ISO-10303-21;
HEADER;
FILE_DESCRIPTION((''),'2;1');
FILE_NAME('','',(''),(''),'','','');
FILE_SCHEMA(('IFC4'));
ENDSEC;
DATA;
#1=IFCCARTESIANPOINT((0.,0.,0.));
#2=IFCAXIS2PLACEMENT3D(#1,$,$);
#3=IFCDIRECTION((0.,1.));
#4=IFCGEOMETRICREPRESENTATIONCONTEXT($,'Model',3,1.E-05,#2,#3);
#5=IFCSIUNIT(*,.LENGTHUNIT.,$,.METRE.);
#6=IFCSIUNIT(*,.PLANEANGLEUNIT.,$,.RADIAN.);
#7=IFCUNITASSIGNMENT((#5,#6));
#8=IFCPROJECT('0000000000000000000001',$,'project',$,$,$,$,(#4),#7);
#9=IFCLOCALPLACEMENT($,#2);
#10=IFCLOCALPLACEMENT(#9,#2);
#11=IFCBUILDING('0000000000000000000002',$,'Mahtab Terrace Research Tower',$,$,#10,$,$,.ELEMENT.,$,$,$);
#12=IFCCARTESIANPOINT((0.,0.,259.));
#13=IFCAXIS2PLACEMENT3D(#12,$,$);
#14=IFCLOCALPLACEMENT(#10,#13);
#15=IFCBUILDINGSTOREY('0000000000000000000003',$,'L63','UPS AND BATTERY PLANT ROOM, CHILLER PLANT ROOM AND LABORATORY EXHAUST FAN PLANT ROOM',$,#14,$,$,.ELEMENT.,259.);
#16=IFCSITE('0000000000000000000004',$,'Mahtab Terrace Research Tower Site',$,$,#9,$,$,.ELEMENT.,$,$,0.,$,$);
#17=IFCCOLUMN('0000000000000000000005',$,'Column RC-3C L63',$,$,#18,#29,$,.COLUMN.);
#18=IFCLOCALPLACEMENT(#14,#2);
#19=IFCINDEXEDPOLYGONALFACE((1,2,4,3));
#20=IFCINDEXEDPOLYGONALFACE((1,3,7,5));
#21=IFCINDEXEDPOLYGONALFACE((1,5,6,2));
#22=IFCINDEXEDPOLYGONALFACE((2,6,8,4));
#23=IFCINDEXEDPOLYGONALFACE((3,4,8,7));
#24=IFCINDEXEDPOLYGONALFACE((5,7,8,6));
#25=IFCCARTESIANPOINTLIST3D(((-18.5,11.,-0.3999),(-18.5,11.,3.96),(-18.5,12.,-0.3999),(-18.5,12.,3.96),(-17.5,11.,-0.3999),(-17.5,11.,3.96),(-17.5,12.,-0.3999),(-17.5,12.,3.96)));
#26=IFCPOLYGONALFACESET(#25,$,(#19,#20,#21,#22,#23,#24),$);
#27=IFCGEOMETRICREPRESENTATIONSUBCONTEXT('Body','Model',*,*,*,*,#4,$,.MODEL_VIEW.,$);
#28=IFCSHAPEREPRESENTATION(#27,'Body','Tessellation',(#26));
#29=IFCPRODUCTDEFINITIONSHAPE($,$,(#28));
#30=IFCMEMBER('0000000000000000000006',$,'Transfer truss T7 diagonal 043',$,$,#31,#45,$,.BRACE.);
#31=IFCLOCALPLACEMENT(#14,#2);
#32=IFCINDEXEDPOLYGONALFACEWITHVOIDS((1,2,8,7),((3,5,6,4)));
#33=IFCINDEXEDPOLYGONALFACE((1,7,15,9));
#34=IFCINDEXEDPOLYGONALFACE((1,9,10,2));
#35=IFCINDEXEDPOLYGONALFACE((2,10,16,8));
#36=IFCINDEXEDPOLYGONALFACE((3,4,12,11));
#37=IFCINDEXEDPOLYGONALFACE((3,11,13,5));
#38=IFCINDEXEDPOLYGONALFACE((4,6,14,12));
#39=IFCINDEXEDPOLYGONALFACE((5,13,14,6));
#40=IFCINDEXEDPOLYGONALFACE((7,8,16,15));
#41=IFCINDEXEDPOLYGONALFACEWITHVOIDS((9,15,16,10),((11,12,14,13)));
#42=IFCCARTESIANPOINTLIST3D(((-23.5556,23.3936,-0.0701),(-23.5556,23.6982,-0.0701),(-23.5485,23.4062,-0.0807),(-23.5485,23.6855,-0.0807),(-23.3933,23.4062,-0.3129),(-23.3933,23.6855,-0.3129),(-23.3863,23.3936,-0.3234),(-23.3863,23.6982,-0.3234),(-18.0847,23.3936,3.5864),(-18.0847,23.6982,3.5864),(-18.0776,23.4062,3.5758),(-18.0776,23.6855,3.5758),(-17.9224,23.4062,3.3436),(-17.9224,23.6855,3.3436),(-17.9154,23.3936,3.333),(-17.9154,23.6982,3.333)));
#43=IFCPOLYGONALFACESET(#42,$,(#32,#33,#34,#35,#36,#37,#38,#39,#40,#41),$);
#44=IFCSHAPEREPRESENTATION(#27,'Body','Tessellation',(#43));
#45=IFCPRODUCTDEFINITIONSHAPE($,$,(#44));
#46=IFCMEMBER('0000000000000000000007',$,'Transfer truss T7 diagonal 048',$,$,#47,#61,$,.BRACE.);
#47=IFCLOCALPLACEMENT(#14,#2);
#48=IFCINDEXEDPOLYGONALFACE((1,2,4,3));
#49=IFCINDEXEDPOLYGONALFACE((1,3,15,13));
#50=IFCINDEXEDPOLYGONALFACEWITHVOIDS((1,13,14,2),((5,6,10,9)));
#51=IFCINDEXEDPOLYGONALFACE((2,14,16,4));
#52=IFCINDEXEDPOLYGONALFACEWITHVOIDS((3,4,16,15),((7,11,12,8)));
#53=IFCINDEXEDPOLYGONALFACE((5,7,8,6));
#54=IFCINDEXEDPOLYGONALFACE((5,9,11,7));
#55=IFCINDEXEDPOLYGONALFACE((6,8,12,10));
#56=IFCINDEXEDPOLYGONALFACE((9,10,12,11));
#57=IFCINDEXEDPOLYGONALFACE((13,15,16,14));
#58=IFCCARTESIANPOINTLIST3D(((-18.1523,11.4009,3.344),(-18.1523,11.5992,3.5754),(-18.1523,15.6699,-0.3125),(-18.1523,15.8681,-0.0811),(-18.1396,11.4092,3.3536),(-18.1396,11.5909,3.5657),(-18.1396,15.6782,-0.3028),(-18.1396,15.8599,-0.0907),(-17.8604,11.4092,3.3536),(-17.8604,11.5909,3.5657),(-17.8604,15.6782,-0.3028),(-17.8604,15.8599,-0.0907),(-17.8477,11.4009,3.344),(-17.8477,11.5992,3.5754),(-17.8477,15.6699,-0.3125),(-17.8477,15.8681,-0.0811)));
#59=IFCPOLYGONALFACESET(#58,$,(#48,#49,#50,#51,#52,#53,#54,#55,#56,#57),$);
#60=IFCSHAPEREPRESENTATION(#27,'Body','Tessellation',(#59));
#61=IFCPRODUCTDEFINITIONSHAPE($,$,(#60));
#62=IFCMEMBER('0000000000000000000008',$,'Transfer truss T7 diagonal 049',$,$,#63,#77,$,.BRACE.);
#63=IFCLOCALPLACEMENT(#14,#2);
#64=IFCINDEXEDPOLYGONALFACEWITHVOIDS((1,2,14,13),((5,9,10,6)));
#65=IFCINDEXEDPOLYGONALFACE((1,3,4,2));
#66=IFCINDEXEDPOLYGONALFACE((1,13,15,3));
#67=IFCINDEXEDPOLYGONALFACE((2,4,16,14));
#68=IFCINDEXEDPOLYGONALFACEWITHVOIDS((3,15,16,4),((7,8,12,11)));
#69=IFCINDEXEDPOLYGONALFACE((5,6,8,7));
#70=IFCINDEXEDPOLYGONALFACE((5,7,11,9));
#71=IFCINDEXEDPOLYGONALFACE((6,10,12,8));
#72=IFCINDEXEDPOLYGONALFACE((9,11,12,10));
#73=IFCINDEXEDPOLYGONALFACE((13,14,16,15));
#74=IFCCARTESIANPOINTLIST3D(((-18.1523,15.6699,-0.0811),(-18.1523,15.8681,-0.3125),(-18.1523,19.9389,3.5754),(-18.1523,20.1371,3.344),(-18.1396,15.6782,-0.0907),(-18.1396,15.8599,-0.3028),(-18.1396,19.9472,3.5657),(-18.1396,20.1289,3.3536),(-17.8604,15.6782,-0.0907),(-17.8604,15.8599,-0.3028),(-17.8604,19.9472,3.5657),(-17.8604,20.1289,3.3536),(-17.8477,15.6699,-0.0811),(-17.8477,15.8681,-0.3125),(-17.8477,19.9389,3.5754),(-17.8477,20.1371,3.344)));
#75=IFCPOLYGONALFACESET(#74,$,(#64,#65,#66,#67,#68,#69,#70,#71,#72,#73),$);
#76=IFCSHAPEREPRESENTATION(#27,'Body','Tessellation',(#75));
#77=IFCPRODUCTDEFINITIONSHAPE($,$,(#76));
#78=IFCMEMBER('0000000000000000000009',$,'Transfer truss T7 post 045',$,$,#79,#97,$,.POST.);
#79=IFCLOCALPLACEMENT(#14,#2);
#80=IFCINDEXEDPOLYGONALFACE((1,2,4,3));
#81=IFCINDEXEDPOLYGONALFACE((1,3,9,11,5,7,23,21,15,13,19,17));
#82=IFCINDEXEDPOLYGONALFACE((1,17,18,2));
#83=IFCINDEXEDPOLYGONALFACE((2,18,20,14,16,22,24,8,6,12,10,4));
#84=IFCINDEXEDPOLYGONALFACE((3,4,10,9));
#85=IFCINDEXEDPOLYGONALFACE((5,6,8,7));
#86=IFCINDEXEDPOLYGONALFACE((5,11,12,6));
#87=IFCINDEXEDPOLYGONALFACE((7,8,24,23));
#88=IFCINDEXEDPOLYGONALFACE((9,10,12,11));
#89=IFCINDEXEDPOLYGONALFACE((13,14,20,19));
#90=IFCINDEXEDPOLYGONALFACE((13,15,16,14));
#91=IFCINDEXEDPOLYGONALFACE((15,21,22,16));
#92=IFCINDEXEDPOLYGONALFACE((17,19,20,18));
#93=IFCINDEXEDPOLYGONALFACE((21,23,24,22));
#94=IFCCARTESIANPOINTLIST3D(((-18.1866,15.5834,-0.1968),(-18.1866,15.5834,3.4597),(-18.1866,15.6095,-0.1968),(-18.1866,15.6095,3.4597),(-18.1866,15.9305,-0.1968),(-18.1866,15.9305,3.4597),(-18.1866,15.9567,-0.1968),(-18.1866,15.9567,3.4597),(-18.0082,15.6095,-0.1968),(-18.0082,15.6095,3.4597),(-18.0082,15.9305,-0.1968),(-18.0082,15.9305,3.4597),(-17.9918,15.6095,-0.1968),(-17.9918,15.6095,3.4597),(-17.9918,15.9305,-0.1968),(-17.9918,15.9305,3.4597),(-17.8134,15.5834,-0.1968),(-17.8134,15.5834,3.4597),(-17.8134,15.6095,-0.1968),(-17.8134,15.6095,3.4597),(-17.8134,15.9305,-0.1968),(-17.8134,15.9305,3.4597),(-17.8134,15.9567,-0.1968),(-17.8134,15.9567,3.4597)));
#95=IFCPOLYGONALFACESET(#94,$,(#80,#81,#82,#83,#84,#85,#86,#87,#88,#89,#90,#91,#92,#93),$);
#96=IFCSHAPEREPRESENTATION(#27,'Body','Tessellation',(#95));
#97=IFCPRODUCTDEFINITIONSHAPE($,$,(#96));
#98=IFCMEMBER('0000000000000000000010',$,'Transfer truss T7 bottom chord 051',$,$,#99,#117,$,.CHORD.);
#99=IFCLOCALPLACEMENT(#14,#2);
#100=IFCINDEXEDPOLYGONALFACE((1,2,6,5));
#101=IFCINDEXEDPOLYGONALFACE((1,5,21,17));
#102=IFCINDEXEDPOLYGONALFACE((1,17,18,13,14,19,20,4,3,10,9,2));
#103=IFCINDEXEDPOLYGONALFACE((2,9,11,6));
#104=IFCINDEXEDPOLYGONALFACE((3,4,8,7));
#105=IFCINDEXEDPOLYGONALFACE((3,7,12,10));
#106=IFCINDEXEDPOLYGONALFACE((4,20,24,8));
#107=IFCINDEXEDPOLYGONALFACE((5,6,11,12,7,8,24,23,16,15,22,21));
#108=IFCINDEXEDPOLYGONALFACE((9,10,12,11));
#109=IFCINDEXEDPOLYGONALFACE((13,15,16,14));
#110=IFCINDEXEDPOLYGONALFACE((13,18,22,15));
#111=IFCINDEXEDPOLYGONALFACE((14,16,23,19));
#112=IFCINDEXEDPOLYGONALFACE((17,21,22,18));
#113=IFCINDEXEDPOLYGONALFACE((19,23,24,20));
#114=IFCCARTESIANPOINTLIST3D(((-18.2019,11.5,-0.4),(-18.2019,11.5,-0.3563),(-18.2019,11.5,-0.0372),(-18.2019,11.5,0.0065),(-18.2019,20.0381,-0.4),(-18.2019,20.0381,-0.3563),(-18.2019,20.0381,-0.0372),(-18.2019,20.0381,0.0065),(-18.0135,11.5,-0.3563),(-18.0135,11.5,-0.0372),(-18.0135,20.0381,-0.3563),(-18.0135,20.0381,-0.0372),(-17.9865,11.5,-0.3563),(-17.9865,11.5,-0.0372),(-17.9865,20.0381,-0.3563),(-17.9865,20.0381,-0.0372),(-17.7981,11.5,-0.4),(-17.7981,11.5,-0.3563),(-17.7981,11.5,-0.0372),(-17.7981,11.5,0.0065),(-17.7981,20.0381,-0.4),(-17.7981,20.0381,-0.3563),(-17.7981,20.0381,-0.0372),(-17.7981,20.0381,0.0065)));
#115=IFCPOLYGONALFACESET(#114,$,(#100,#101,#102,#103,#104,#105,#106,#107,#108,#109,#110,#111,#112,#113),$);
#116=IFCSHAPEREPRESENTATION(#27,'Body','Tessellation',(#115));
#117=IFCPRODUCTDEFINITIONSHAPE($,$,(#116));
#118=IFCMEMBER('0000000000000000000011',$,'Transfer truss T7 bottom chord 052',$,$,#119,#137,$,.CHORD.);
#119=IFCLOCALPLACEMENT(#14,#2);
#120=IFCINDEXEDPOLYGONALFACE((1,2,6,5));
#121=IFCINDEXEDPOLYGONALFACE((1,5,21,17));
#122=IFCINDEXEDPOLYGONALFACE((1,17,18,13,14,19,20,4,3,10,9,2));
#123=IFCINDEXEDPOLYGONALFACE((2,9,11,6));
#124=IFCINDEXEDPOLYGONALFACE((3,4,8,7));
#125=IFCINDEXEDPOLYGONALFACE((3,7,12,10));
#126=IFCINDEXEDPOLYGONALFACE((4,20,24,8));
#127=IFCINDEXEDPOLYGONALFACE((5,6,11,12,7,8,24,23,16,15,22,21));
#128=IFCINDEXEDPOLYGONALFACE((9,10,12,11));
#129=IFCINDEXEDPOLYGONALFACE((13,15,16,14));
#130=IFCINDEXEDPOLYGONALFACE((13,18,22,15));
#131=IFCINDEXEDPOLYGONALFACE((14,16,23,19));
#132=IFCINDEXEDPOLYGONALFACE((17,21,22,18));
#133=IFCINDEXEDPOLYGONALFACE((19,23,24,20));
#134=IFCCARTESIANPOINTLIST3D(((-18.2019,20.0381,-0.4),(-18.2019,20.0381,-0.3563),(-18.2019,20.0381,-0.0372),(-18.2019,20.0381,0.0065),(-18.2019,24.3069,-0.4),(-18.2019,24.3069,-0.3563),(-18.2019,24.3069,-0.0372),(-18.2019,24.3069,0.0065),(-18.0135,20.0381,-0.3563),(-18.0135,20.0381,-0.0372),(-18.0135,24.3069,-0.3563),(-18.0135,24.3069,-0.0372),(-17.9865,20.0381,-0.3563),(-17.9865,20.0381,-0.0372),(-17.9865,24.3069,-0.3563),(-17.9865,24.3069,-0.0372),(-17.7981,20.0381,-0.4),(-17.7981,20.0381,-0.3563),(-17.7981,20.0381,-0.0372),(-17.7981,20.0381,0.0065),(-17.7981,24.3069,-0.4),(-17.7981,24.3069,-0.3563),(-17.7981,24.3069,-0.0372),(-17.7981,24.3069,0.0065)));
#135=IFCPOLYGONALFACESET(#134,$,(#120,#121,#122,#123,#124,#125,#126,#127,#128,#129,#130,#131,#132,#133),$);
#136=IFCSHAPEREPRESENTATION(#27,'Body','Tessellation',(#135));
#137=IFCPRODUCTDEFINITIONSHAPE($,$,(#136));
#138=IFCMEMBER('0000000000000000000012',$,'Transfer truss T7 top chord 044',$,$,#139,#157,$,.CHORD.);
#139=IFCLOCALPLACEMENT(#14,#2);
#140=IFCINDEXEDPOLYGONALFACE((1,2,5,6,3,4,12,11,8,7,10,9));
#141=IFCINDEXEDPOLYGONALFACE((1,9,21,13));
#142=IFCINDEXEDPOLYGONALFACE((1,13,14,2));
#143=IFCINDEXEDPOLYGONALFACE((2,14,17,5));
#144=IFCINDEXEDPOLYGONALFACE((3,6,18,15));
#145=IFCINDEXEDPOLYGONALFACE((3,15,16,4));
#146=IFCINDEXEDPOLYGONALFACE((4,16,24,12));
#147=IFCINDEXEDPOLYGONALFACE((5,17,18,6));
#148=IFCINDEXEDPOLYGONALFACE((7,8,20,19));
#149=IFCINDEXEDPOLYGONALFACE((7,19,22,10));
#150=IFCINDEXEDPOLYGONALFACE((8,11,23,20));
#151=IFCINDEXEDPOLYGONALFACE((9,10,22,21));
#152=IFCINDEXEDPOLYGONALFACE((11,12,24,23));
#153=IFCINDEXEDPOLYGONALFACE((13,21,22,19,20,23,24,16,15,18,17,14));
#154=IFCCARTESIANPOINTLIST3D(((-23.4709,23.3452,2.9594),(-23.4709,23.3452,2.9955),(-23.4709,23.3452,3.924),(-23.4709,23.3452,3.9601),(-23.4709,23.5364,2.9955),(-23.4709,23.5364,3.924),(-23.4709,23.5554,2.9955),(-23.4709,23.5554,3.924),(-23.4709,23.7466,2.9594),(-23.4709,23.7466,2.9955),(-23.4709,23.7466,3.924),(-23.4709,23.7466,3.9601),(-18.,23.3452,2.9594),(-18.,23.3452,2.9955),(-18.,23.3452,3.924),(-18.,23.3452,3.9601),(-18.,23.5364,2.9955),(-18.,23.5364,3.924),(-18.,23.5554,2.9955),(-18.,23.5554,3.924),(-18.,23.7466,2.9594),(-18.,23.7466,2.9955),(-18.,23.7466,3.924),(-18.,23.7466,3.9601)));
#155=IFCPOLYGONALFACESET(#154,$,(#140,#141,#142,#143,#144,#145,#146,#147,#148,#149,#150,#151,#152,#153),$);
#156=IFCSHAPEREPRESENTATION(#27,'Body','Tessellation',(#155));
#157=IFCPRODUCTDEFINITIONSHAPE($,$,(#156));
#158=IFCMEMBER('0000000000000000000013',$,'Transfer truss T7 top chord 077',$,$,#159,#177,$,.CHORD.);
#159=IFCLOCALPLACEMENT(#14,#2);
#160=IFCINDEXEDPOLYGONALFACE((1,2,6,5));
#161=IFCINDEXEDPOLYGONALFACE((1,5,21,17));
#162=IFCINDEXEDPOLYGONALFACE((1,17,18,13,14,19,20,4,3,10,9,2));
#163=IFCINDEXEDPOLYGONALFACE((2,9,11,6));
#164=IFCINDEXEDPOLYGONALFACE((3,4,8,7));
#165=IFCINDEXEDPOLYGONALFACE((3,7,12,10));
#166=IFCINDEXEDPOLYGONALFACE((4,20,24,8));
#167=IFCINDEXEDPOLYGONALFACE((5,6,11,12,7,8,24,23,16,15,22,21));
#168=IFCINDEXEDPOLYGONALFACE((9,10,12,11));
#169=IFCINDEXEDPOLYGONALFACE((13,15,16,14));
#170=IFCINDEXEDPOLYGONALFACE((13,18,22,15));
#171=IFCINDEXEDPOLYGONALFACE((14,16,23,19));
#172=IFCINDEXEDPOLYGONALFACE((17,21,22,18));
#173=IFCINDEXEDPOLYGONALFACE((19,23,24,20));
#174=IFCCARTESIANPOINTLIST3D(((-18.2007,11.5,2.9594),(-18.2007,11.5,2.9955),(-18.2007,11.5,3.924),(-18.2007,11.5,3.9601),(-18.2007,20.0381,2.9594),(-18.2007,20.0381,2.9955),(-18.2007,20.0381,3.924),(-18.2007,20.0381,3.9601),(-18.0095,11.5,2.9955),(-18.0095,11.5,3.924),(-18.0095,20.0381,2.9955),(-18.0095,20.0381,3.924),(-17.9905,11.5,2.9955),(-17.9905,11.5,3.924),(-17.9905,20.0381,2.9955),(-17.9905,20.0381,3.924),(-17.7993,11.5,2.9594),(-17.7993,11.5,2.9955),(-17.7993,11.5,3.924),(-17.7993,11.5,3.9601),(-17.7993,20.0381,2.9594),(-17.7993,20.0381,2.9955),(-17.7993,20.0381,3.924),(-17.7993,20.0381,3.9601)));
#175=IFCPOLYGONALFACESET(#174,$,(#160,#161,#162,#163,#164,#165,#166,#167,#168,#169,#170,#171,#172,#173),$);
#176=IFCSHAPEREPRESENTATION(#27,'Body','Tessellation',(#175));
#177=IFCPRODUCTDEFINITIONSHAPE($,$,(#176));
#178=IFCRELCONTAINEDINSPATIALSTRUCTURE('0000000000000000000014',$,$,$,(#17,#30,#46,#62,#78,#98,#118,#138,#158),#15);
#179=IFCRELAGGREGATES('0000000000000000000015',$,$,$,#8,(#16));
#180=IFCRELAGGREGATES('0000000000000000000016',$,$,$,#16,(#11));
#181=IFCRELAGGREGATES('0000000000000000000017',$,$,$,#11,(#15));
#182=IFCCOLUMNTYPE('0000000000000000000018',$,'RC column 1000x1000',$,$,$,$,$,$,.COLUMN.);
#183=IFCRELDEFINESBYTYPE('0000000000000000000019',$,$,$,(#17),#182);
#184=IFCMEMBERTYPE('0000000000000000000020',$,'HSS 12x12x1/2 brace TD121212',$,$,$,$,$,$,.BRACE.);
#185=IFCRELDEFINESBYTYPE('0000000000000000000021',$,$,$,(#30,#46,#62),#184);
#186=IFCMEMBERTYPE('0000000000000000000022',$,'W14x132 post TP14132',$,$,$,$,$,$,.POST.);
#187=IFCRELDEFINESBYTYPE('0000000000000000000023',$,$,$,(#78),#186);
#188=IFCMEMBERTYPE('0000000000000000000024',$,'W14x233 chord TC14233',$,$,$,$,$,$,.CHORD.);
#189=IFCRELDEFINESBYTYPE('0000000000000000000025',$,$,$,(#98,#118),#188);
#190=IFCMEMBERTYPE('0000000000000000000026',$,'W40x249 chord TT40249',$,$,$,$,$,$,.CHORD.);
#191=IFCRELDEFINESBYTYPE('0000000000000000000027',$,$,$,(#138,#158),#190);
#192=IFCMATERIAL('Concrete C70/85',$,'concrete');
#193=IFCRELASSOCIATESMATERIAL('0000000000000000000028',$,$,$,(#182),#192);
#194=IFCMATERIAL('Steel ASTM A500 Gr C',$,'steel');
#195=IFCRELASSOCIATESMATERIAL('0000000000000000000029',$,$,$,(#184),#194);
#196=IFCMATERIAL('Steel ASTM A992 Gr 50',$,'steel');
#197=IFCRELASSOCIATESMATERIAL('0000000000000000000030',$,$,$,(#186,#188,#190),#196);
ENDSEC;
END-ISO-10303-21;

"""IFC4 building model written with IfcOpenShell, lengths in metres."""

from ifc_helpers import new_model, si_unit, direction, frame, origin, origin_2d, place, context, subcontext, project, spatial, rectangle, hollow_rectangle, i_section, extrude, material, material_profile, profile_set, type_object, element, save


model = new_model("IFC4")

# Units and contexts
model_context = context("Model", 3, precision=1e-05, world=origin(), true_north=direction((0.0, 1.0)))
body_context = subcontext(model_context, "Body", "Model", "MODEL_VIEW")
ifc_project = project(units=[si_unit("LENGTHUNIT", "METRE"), si_unit("PLANEANGLEUNIT", "RADIAN")], contexts=[model_context])

# Site, building, storey
site_placement = place(None, origin())
site = spatial("IfcSite", under=ifc_project, at=site_placement, Name="Mahtab Terrace Research Tower Site", CompositionType="ELEMENT", RefElevation=0.0)
building_placement = place(site_placement, origin())
building = spatial("IfcBuilding", under=site, at=building_placement, Name="Mahtab Terrace Research Tower", CompositionType="ELEMENT")
storey_placement = place(building_placement, frame((0.0, 0.0, 259.0)))
storey = spatial("IfcBuildingStorey", under=building, at=storey_placement, Name="L63", Description="UPS AND BATTERY PLANT ROOM, CHILLER PLANT ROOM AND LABORATORY EXHAUST FAN PLANT ROOM", CompositionType="ELEMENT", Elevation=259.0)

# Column
ifc_material_1 = material(Name="Concrete C70/85", Category="concrete")
ifc_material_profile_1 = material_profile(ifc_material_1, rectangle(XDim=1.0, YDim=1.0, at=origin_2d()), Name="RC column 1000x1000")
ifc_profile_set_1 = profile_set([ifc_material_profile_1], Name="Concrete C70/85")
column_type = type_object("IfcColumnType", Name="RC column 1000x1000", PredefinedType="COLUMN", material=ifc_profile_set_1)
column_placement = place(storey_placement, frame((-18.0, 11.5, -0.3999), z_axis=(0.0, 0.0, 1.0), x_axis=(1.0, 0.0, 0.0)))
element("IfcColumn", 1, at=column_placement, inside=storey, type_object=column_type, Name="Column RC-3C L63", PredefinedType="COLUMN", context=body_context, shape_type="SweptSolid", body=[
    extrude(rectangle(XDim=1.0, YDim=1.0, at=origin_2d()), origin(), (0.0, 0.0, 1.0), 4.3599),
])

# Members
ifc_material_2 = material(Name="Steel ASTM A500 Gr C", Category="steel")
ifc_material_profile_2 = material_profile(ifc_material_2, hollow_rectangle(XDim=0.3047, YDim=0.3047, WallThickness=0.0127, at=origin_2d()), Name="HSS12X12X1/2")
ifc_profile_set_2 = profile_set([ifc_material_profile_2], Name="Steel ASTM A500 Gr C")
member_type_1 = type_object("IfcMemberType", Name="HSS 12x12x1/2 brace TD121212", PredefinedType="BRACE", material=ifc_profile_set_2)
member_1_placement = place(storey_placement, frame((-23.4709, 23.5459, -0.1968), z_axis=(0.831405, 0.0, 0.555667), x_axis=(0.0, 1.0, 0.0)))
element("IfcMember", 2, at=member_1_placement, inside=storey, type_object=member_type_1, Name="Transfer truss T7 diagonal 043", PredefinedType="BRACE", context=body_context, shape_type="SweptSolid", body=[
    extrude(hollow_rectangle(XDim=0.3047, YDim=0.3047, WallThickness=0.0127, at=origin_2d()), origin(), (0.0, 0.0, 1.0), 6.5803),
])
for number, where, z_axis, x_axis, name in (
    (3, (-18.0, 15.769, -0.1968), (0.0, -0.759493, 0.650516), (1.0, 0.0, 0.0), "Transfer truss T7 diagonal 048"),
    (4, (-18.0, 15.769, -0.1968), (0.0, 0.759493, 0.650516), (-1.0, 0.0, 0.0), "Transfer truss T7 diagonal 049"),
):
    element("IfcMember", number, at=place(storey_placement, frame(where, z_axis=z_axis, x_axis=x_axis)), inside=storey, type_object=member_type_1, Name=name, PredefinedType="BRACE", context=body_context, shape_type="SweptSolid", body=[
        extrude(hollow_rectangle(XDim=0.3047, YDim=0.3047, WallThickness=0.0127, at=origin_2d()), origin(), (0.0, 0.0, 1.0), 5.6208),
    ])
ifc_material_3 = material(Name="Steel ASTM A992 Gr 50", Category="steel")
ifc_material_profile_3 = material_profile(ifc_material_3, i_section(OverallWidth=0.3733, OverallDepth=0.3733, WebThickness=0.0164, FlangeThickness=0.0261, at=origin_2d()), Name="W14X132")
ifc_profile_set_3 = profile_set([ifc_material_profile_3], Name="Steel ASTM A992 Gr 50")
member_type_2 = type_object("IfcMemberType", Name="W14x132 post TP14132", PredefinedType="POST", material=ifc_profile_set_3)
member_2_placement = place(storey_placement, frame((-18.0, 15.77, -0.1968), z_axis=(0.0, 0.0, 1.0), x_axis=(1.0, 0.0, 0.0)))
element("IfcMember", 5, at=member_2_placement, inside=storey, type_object=member_type_2, Name="Transfer truss T7 post 045", PredefinedType="POST", context=body_context, shape_type="SweptSolid", body=[
    extrude(i_section(OverallWidth=0.3733, OverallDepth=0.3733, WebThickness=0.0164, FlangeThickness=0.0261, at=origin_2d()), origin(), (0.0, 0.0, 1.0), 3.6565),
])
ifc_material_profile_4 = material_profile(ifc_material_3, i_section(OverallWidth=0.4038, OverallDepth=0.4065, WebThickness=0.0271, FlangeThickness=0.0437, at=origin_2d()), Name="W14X233")
ifc_profile_set_4 = profile_set([ifc_material_profile_4], Name="Steel ASTM A992 Gr 50")
member_type_3 = type_object("IfcMemberType", Name="W14x233 chord TC14233", PredefinedType="CHORD", material=ifc_profile_set_4)
member_3_placement = place(storey_placement, frame((-18.0, 11.5, -0.1968), z_axis=(0.0, 1.0, 0.0), x_axis=(-1.0, 0.0, 0.0)))
element("IfcMember", 6, at=member_3_placement, inside=storey, type_object=member_type_3, Name="Transfer truss T7 bottom chord 051", PredefinedType="CHORD", context=body_context, shape_type="SweptSolid", body=[
    extrude(i_section(OverallWidth=0.4038, OverallDepth=0.4065, WebThickness=0.0271, FlangeThickness=0.0437, at=origin_2d()), origin(), (0.0, 0.0, 1.0), 8.5381),
])
member_4_placement = place(storey_placement, frame((-18.0, 20.0381, -0.1968), z_axis=(0.0, 1.0, 0.0), x_axis=(-1.0, 0.0, 0.0)))
element("IfcMember", 7, at=member_4_placement, inside=storey, type_object=member_type_3, Name="Transfer truss T7 bottom chord 052", PredefinedType="CHORD", context=body_context, shape_type="SweptSolid", body=[
    extrude(i_section(OverallWidth=0.4038, OverallDepth=0.4065, WebThickness=0.0271, FlangeThickness=0.0437, at=origin_2d()), origin(), (0.0, 0.0, 1.0), 4.2688),
])
ifc_material_profile_5 = material_profile(ifc_material_3, i_section(OverallWidth=0.4014, OverallDepth=1.0007, WebThickness=0.019, FlangeThickness=0.0361, at=origin_2d()), Name="W40X249")
ifc_profile_set_5 = profile_set([ifc_material_profile_5], Name="Steel ASTM A992 Gr 50")
member_type_4 = type_object("IfcMemberType", Name="W40x249 chord TT40249", PredefinedType="CHORD", material=ifc_profile_set_5)
member_5_placement = place(storey_placement, frame((-23.4709, 23.5459, 3.4597), z_axis=(1.0, 0.0, 0.0), x_axis=(0.0, 1.0, 0.0)))
element("IfcMember", 8, at=member_5_placement, inside=storey, type_object=member_type_4, Name="Transfer truss T7 top chord 044", PredefinedType="CHORD", context=body_context, shape_type="SweptSolid", body=[
    extrude(i_section(OverallWidth=0.4014, OverallDepth=1.0007, WebThickness=0.019, FlangeThickness=0.0361, at=origin_2d()), origin(), (0.0, 0.0, 1.0), 5.4709),
])
member_6_placement = place(storey_placement, frame((-18.0, 11.5, 3.4597), z_axis=(0.0, 1.0, 0.0), x_axis=(-1.0, 0.0, 0.0)))
element("IfcMember", 9, at=member_6_placement, inside=storey, type_object=member_type_4, Name="Transfer truss T7 top chord 077", PredefinedType="CHORD", context=body_context, shape_type="SweptSolid", body=[
    extrude(i_section(OverallWidth=0.4014, OverallDepth=1.0007, WebThickness=0.019, FlangeThickness=0.0361, at=origin_2d()), origin(), (0.0, 0.0, 1.0), 8.5381),
])

save(model, "model.ifc")
